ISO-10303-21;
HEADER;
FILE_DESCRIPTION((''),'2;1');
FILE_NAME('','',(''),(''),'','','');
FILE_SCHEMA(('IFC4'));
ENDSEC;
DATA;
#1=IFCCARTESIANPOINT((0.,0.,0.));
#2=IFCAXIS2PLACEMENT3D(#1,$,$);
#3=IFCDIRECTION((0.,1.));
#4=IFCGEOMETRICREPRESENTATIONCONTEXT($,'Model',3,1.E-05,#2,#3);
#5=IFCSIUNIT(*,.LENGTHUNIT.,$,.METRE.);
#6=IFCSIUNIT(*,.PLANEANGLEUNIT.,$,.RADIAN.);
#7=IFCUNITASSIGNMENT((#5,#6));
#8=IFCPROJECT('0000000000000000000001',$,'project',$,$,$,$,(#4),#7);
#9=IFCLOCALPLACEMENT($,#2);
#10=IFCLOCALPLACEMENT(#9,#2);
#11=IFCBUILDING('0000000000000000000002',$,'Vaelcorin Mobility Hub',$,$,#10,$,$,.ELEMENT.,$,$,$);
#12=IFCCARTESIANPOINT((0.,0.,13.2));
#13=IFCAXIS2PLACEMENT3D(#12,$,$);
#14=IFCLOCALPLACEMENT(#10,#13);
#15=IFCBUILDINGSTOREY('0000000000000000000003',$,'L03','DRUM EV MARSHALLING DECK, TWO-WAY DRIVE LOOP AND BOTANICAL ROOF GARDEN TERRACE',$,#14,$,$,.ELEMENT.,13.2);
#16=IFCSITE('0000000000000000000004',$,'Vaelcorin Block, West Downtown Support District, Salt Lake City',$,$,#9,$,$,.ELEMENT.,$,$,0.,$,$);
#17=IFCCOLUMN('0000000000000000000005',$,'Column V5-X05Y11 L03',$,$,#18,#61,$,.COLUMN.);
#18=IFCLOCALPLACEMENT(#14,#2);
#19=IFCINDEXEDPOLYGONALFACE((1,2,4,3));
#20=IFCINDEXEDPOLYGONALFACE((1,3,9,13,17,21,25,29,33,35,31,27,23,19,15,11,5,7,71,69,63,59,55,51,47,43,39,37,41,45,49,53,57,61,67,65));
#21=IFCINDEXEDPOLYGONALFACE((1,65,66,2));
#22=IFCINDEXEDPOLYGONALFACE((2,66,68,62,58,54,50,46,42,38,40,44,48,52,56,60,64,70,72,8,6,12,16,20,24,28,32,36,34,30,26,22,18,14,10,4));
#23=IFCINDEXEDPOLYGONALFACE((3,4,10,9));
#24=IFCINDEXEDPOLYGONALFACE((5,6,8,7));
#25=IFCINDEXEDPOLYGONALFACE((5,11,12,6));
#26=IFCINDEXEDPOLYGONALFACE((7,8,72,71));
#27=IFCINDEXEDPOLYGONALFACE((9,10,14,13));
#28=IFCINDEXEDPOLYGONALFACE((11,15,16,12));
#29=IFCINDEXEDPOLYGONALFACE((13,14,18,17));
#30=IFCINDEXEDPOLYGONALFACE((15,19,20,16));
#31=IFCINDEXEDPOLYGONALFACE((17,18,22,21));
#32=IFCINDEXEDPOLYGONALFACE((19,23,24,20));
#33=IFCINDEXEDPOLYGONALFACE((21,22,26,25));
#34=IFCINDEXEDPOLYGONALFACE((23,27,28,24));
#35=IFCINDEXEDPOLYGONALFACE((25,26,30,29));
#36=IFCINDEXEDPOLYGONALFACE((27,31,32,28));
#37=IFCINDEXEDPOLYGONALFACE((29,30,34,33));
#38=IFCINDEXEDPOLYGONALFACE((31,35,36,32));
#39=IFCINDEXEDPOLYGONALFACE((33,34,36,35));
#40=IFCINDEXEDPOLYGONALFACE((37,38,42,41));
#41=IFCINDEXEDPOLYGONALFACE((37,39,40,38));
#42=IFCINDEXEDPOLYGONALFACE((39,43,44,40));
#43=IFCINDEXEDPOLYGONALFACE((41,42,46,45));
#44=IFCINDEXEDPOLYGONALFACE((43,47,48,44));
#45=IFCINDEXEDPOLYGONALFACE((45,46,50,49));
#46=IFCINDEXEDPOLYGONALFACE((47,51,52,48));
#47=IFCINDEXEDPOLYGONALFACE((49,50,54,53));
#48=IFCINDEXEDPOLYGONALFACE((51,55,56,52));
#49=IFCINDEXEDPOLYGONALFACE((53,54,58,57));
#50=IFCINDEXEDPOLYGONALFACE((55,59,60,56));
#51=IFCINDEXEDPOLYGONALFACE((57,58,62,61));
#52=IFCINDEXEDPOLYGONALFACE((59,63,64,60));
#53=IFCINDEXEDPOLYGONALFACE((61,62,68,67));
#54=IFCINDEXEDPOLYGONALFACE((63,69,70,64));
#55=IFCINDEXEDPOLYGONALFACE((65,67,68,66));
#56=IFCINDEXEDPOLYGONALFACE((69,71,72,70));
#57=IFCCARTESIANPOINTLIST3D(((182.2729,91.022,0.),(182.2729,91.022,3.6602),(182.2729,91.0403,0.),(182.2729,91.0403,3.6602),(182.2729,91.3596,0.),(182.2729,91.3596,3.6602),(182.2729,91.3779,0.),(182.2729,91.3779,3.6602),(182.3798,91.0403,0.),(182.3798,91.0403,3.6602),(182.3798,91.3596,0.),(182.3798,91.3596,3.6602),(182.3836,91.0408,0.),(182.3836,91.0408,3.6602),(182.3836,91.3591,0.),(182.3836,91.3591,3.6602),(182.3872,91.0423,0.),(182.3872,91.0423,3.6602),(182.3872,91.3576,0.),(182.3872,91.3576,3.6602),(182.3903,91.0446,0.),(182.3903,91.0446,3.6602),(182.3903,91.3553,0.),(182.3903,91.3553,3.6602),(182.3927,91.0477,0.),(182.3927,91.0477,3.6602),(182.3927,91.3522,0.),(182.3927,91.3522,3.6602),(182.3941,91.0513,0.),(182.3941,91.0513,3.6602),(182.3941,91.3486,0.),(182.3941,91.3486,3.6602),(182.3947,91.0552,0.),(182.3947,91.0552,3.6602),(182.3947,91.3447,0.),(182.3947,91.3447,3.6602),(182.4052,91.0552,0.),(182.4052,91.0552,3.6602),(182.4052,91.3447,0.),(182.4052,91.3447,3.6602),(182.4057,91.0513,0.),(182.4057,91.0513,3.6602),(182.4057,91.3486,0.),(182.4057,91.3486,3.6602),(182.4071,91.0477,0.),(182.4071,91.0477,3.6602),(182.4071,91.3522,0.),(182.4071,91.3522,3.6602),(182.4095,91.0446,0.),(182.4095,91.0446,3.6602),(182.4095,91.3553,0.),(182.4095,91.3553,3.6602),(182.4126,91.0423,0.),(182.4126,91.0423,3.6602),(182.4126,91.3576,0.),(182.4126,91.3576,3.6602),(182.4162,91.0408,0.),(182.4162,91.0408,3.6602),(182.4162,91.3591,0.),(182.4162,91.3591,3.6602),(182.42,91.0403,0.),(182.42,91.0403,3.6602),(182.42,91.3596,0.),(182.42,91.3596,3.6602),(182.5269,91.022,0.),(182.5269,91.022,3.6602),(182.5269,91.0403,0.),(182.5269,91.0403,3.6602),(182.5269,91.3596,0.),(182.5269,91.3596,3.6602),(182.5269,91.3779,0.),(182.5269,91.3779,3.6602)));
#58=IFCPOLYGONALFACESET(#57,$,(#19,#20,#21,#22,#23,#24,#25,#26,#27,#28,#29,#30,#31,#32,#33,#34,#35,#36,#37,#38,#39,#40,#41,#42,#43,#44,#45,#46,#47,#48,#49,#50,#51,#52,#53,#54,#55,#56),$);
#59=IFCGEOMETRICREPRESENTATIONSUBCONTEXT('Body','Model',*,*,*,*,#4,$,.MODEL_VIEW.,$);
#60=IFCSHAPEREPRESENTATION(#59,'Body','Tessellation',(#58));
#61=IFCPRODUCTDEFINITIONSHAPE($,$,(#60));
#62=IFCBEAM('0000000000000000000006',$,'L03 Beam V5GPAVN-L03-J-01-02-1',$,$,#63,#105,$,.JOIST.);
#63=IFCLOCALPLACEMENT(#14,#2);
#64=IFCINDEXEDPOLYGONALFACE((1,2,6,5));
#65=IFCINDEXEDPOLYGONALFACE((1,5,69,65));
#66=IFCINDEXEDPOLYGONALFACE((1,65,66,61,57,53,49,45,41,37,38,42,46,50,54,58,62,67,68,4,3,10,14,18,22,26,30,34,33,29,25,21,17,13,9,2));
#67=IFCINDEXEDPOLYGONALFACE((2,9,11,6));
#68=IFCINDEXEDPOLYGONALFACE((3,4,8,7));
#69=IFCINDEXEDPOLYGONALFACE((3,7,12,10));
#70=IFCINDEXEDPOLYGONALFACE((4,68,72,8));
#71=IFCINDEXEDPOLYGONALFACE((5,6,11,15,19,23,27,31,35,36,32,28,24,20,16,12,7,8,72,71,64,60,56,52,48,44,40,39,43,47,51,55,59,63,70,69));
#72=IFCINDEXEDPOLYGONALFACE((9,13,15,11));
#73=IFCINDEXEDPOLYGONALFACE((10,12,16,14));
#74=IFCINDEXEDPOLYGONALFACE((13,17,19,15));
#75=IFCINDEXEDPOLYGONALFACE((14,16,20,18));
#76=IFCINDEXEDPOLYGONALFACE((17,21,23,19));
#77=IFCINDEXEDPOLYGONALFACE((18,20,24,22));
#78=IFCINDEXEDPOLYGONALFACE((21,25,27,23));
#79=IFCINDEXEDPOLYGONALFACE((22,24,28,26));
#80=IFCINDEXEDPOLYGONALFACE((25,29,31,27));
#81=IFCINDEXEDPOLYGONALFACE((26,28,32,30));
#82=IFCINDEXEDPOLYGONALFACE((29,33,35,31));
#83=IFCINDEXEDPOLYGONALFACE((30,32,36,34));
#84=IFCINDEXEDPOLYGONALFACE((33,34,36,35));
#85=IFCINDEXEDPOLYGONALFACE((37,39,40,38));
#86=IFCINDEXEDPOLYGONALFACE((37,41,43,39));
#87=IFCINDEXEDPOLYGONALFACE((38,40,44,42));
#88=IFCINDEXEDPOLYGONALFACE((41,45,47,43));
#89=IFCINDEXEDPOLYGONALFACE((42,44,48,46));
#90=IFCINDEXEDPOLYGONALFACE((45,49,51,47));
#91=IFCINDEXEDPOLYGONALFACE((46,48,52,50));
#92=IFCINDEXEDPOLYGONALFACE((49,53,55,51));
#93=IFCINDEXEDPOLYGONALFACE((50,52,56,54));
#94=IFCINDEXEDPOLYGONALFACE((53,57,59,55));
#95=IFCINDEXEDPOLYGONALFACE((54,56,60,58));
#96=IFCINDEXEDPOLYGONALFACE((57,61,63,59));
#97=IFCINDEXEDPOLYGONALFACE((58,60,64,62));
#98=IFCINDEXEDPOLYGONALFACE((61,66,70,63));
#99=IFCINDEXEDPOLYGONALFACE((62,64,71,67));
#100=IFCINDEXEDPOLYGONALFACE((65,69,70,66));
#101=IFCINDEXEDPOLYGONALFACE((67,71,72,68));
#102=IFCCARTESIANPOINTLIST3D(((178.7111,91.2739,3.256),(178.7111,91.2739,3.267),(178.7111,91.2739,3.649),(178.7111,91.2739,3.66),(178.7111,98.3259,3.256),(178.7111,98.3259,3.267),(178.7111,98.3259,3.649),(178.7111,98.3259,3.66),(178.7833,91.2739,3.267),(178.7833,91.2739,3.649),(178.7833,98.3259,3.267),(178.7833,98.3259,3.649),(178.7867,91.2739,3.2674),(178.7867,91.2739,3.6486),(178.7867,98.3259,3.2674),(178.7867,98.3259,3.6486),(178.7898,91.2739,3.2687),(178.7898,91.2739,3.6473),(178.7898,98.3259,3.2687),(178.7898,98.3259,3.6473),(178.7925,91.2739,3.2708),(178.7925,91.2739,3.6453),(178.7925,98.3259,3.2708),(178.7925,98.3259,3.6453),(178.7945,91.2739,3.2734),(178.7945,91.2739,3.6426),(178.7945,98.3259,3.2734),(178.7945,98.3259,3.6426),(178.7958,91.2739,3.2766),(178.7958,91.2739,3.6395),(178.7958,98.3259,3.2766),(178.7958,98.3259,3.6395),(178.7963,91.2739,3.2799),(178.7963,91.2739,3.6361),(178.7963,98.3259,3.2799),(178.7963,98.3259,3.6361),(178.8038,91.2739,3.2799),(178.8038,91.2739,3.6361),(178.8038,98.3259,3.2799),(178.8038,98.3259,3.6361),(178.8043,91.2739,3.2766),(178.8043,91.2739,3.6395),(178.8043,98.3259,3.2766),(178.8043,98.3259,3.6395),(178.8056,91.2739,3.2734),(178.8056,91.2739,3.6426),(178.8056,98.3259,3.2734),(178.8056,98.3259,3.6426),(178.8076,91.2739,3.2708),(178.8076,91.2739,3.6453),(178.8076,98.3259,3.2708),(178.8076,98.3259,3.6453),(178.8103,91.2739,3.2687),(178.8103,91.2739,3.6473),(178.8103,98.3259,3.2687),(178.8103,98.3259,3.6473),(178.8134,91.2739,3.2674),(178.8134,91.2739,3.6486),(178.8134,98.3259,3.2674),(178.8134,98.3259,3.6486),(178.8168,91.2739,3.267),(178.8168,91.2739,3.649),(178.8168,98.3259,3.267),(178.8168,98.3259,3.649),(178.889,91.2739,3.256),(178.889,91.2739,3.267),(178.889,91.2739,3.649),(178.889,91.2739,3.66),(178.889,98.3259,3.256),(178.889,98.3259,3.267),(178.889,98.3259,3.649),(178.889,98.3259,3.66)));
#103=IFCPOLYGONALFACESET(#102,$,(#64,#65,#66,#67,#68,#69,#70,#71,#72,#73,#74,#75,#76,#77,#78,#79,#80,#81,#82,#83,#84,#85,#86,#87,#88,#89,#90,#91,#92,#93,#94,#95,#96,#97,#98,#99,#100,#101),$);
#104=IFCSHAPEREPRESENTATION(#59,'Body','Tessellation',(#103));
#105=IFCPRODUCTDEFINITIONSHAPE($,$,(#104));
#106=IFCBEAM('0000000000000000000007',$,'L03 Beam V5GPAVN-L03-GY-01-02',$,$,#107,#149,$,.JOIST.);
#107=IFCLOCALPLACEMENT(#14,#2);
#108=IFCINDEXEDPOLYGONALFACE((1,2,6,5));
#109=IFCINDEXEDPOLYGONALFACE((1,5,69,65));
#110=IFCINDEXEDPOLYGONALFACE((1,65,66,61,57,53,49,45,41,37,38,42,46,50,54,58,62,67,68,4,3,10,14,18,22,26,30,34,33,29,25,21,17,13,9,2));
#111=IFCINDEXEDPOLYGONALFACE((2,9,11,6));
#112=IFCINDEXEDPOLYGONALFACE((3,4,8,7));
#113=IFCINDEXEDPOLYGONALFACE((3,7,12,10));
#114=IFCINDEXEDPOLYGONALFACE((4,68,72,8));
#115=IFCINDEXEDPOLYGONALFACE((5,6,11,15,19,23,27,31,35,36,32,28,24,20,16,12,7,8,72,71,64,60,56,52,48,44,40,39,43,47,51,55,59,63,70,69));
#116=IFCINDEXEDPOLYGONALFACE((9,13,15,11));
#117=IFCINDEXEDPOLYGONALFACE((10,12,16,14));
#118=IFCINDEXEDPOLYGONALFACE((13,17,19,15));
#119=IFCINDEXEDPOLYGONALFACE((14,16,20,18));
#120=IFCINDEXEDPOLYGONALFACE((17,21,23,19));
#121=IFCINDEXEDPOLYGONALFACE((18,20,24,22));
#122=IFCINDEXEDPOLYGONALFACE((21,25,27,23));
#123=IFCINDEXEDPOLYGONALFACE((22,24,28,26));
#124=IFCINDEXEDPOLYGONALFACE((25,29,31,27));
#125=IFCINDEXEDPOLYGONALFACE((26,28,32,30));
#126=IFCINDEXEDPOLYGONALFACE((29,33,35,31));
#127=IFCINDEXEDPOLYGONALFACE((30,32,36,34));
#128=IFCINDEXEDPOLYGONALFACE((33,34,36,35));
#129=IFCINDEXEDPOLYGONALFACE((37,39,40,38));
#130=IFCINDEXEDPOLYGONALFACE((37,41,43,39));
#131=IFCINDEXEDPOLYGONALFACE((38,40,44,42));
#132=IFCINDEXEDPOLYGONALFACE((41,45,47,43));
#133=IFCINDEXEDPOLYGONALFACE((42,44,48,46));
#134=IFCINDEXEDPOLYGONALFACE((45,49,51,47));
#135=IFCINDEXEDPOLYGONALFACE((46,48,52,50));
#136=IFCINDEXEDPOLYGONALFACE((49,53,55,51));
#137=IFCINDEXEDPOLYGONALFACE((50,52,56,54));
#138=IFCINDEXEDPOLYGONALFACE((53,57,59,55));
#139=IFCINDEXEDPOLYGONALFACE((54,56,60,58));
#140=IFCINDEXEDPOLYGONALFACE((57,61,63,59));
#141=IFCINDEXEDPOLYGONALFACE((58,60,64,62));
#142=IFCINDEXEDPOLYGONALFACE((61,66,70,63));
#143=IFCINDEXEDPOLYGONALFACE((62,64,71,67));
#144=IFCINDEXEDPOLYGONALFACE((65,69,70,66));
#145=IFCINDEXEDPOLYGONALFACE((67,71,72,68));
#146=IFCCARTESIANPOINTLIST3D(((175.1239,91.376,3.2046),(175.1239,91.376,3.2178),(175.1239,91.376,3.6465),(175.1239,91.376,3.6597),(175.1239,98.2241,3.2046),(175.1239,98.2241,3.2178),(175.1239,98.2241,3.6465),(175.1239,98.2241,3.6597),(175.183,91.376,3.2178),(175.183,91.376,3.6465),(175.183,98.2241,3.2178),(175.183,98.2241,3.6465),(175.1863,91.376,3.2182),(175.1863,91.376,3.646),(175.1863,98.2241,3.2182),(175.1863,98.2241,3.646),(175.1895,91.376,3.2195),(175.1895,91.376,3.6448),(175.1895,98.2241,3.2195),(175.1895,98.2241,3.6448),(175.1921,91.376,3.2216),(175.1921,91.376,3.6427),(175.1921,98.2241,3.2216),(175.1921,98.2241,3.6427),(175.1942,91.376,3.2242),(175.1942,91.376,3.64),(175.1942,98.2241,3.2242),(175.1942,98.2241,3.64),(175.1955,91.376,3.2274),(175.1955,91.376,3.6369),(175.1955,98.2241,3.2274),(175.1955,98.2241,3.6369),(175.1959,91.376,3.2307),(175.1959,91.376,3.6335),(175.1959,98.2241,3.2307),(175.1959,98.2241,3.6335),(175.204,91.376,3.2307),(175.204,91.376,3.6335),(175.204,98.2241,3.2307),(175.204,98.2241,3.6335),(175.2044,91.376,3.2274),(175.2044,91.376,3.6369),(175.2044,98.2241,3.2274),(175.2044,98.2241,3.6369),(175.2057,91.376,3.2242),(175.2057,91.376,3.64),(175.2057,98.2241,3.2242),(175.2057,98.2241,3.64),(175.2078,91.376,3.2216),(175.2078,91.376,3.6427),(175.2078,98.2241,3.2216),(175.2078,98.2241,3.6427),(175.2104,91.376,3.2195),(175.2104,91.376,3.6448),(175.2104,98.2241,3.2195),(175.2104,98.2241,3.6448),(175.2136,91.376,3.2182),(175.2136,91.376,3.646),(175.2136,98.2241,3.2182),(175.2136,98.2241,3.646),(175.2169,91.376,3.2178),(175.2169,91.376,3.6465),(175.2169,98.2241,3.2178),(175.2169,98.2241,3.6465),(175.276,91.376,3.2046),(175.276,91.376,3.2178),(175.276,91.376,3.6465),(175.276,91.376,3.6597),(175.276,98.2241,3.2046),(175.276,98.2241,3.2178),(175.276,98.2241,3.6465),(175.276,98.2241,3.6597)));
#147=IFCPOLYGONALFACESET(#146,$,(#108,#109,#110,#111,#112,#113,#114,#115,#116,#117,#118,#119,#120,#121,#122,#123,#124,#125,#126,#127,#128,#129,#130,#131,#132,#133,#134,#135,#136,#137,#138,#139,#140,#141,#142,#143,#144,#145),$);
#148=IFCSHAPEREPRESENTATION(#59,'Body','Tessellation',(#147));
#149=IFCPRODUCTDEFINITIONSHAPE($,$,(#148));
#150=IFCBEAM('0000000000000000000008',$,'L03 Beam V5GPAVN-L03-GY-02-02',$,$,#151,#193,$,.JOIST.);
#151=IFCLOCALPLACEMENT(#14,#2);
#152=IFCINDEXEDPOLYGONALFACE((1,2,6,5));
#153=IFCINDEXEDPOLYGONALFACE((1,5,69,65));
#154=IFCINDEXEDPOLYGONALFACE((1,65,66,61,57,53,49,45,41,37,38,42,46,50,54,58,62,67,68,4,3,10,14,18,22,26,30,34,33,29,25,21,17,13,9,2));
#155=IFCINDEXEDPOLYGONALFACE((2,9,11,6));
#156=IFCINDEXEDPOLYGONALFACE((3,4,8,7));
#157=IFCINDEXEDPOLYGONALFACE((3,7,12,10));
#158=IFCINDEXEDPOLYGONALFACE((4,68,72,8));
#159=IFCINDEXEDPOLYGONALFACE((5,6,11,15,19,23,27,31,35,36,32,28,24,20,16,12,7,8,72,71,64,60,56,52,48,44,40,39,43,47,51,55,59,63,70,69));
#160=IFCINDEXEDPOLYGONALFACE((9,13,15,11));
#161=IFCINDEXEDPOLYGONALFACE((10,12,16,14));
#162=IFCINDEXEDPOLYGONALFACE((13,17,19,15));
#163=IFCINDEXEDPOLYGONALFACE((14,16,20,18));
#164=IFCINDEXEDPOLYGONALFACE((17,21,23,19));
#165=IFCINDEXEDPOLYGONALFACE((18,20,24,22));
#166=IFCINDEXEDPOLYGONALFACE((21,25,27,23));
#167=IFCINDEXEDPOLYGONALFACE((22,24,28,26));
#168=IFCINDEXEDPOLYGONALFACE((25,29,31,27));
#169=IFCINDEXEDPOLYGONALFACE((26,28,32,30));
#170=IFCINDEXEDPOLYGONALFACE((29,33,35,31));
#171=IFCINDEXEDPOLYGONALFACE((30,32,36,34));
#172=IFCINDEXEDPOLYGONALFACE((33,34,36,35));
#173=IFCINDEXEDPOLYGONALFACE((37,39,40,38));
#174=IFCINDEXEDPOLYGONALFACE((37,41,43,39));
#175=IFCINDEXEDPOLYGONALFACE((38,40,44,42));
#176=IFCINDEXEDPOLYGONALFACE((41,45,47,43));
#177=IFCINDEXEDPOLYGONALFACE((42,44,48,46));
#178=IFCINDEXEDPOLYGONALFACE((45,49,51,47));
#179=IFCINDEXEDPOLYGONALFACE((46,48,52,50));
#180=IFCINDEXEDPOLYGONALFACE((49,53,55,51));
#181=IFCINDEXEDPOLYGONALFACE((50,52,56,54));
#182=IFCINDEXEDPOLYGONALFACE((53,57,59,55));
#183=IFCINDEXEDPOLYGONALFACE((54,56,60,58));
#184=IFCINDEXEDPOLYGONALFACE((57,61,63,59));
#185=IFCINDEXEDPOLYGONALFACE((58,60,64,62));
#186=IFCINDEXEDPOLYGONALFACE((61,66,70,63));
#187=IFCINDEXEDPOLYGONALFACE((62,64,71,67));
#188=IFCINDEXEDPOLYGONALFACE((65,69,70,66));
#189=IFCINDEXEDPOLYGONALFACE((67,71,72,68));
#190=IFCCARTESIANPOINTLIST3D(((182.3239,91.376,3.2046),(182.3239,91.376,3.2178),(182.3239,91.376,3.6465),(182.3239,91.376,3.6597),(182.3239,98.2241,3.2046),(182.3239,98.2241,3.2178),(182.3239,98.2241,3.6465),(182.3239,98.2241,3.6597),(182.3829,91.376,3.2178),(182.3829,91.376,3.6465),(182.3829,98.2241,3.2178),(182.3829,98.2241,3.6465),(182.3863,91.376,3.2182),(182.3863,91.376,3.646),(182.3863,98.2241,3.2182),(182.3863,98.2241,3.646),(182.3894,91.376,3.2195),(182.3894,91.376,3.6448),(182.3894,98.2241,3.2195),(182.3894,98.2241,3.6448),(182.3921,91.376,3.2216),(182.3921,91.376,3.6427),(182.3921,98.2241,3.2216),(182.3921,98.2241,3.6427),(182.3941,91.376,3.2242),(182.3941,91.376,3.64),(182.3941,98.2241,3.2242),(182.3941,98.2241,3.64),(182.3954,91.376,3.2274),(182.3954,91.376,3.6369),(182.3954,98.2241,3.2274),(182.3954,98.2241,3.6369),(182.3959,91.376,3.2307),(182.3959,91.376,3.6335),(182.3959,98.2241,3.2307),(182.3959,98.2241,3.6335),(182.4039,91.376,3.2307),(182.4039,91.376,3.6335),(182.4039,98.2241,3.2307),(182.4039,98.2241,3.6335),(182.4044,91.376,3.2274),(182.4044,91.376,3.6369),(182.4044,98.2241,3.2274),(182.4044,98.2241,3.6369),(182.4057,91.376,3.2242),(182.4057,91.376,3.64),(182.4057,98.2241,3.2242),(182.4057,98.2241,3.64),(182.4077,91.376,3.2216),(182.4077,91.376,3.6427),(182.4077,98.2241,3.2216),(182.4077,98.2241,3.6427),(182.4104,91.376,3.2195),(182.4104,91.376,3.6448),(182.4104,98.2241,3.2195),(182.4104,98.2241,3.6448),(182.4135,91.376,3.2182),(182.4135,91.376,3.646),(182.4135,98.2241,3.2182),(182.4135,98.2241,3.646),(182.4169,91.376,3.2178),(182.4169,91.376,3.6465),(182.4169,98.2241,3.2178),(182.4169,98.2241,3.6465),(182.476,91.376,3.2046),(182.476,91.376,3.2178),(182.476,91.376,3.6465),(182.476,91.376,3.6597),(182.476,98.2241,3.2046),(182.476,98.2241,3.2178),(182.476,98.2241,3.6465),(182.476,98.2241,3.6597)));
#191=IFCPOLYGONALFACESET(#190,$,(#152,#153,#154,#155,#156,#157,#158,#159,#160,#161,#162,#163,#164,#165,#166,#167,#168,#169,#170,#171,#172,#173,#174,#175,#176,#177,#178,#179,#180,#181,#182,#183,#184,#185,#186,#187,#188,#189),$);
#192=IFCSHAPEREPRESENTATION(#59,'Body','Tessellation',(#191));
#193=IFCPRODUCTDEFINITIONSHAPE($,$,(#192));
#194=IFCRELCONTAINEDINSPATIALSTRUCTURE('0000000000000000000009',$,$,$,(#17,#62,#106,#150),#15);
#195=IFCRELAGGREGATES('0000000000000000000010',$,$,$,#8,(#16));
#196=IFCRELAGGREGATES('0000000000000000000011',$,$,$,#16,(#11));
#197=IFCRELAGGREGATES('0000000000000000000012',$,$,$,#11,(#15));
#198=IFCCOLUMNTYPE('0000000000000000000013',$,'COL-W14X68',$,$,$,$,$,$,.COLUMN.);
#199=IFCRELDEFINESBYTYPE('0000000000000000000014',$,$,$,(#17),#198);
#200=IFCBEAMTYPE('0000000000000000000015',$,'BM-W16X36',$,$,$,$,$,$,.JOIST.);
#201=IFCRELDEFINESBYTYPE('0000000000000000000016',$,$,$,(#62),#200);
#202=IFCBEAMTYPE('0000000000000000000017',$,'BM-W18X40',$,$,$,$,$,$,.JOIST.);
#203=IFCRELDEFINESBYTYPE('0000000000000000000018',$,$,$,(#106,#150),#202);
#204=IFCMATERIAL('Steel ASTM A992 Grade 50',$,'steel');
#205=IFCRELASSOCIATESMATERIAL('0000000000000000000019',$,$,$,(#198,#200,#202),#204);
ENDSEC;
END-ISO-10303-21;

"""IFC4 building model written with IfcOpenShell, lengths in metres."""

from ifc_helpers import new_model, si_unit, direction, frame, origin, origin_2d, place, context, subcontext, project, spatial, i_section, extrude, material, material_profile, profile_set, type_object, element, save


model = new_model("IFC4")

# Units and contexts
model_context = context("Model", 3, precision=1e-05, world=origin(), true_north=direction((0.0, 1.0)))
body_context = subcontext(model_context, "Body", "Model", "MODEL_VIEW")
ifc_project = project(units=[si_unit("LENGTHUNIT", "METRE"), si_unit("PLANEANGLEUNIT", "RADIAN")], contexts=[model_context])

# Site, building, storey
site_placement = place(None, origin())
site = spatial("IfcSite", under=ifc_project, at=site_placement, Name="Vaelcorin Block, West Downtown Support District, Salt Lake City", CompositionType="ELEMENT", RefElevation=0.0)
building_placement = place(site_placement, origin())
building = spatial("IfcBuilding", under=site, at=building_placement, Name="Vaelcorin Mobility Hub", CompositionType="ELEMENT")
storey_placement = place(building_placement, frame((0.0, 0.0, 13.2)))
storey = spatial("IfcBuildingStorey", under=building, at=storey_placement, Name="L03", Description="DRUM EV MARSHALLING DECK, TWO-WAY DRIVE LOOP AND BOTANICAL ROOF GARDEN TERRACE", CompositionType="ELEMENT", Elevation=13.2)

# Column
ifc_material_1 = material(Name="Steel ASTM A992 Grade 50", Category="steel")
ifc_material_profile_1 = material_profile(ifc_material_1, i_section(OverallWidth=0.2539, OverallDepth=0.356, WebThickness=0.0105, FlangeThickness=0.0183, FilletRadius=0.0149, at=origin_2d()), Name="W14X68")
ifc_profile_set_1 = profile_set([ifc_material_profile_1], Name="Steel ASTM A992 Grade 50")
column_type = type_object("IfcColumnType", Name="COL-W14X68", PredefinedType="COLUMN", material=ifc_profile_set_1)
column_placement = place(storey_placement, frame((182.3999, 91.2, 0.0), z_axis=(0.0, 0.0, 1.0), x_axis=(1.0, 0.0, 0.0)))
element("IfcColumn", 1, at=column_placement, inside=storey, type_object=column_type, Name="Column V5-X05Y11 L03", PredefinedType="COLUMN", context=body_context, shape_type="SweptSolid", body=[
    extrude(i_section(OverallWidth=0.2539, OverallDepth=0.356, WebThickness=0.0105, FlangeThickness=0.0183, FilletRadius=0.0149, at=origin_2d()), origin(), (0.0, 0.0, 1.0), 3.6602),
])

# Beams
ifc_material_profile_2 = material_profile(ifc_material_1, i_section(OverallWidth=0.178, OverallDepth=0.4041, WebThickness=0.0076, FlangeThickness=0.011, FilletRadius=0.0129, at=origin_2d()), Name="W16X36")
ifc_profile_set_2 = profile_set([ifc_material_profile_2], Name="Steel ASTM A992 Grade 50")
beam_type_1 = type_object("IfcBeamType", Name="BM-W16X36", PredefinedType="JOIST", material=ifc_profile_set_2)
beam_placement = place(storey_placement, frame((178.8, 91.2739, 3.458), z_axis=(0.0, 1.0, 0.0), x_axis=(-1.0, 0.0, 0.0)))
element("IfcBeam", 2, at=beam_placement, inside=storey, type_object=beam_type_1, Name="L03 Beam V5GPAVN-L03-J-01-02-1", PredefinedType="JOIST", context=body_context, shape_type="SweptSolid", body=[
    extrude(i_section(OverallWidth=0.178, OverallDepth=0.4041, WebThickness=0.0076, FlangeThickness=0.011, FilletRadius=0.0129, at=origin_2d()), origin(), (0.0, 0.0, 1.0), 7.052),
])
ifc_material_profile_3 = material_profile(ifc_material_1, i_section(OverallWidth=0.1521, OverallDepth=0.4551, WebThickness=0.0081, FlangeThickness=0.0132, FilletRadius=0.0129, at=origin_2d()), Name="W18X40")
ifc_profile_set_3 = profile_set([ifc_material_profile_3], Name="Steel ASTM A992 Grade 50")
beam_type_2 = type_object("IfcBeamType", Name="BM-W18X40", PredefinedType="JOIST", material=ifc_profile_set_3)
for number, where, z_axis, x_axis, name in (
    (3, (175.2, 91.376, 3.4321), (0.0, 1.0, 0.0), (-1.0, 0.0, 0.0), "L03 Beam V5GPAVN-L03-GY-01-02"),
    (4, (182.3999, 91.376, 3.4321), (0.0, 1.0, 0.0), (-1.0, 0.0, 0.0), "L03 Beam V5GPAVN-L03-GY-02-02"),
):
    element("IfcBeam", number, at=place(storey_placement, frame(where, z_axis=z_axis, x_axis=x_axis)), inside=storey, type_object=beam_type_2, Name=name, PredefinedType="JOIST", context=body_context, shape_type="SweptSolid", body=[
        extrude(i_section(OverallWidth=0.1521, OverallDepth=0.4551, WebThickness=0.0081, FlangeThickness=0.0132, FilletRadius=0.0129, at=origin_2d()), origin(), (0.0, 0.0, 1.0), 6.8481),
    ])

save(model, "model.ifc")
